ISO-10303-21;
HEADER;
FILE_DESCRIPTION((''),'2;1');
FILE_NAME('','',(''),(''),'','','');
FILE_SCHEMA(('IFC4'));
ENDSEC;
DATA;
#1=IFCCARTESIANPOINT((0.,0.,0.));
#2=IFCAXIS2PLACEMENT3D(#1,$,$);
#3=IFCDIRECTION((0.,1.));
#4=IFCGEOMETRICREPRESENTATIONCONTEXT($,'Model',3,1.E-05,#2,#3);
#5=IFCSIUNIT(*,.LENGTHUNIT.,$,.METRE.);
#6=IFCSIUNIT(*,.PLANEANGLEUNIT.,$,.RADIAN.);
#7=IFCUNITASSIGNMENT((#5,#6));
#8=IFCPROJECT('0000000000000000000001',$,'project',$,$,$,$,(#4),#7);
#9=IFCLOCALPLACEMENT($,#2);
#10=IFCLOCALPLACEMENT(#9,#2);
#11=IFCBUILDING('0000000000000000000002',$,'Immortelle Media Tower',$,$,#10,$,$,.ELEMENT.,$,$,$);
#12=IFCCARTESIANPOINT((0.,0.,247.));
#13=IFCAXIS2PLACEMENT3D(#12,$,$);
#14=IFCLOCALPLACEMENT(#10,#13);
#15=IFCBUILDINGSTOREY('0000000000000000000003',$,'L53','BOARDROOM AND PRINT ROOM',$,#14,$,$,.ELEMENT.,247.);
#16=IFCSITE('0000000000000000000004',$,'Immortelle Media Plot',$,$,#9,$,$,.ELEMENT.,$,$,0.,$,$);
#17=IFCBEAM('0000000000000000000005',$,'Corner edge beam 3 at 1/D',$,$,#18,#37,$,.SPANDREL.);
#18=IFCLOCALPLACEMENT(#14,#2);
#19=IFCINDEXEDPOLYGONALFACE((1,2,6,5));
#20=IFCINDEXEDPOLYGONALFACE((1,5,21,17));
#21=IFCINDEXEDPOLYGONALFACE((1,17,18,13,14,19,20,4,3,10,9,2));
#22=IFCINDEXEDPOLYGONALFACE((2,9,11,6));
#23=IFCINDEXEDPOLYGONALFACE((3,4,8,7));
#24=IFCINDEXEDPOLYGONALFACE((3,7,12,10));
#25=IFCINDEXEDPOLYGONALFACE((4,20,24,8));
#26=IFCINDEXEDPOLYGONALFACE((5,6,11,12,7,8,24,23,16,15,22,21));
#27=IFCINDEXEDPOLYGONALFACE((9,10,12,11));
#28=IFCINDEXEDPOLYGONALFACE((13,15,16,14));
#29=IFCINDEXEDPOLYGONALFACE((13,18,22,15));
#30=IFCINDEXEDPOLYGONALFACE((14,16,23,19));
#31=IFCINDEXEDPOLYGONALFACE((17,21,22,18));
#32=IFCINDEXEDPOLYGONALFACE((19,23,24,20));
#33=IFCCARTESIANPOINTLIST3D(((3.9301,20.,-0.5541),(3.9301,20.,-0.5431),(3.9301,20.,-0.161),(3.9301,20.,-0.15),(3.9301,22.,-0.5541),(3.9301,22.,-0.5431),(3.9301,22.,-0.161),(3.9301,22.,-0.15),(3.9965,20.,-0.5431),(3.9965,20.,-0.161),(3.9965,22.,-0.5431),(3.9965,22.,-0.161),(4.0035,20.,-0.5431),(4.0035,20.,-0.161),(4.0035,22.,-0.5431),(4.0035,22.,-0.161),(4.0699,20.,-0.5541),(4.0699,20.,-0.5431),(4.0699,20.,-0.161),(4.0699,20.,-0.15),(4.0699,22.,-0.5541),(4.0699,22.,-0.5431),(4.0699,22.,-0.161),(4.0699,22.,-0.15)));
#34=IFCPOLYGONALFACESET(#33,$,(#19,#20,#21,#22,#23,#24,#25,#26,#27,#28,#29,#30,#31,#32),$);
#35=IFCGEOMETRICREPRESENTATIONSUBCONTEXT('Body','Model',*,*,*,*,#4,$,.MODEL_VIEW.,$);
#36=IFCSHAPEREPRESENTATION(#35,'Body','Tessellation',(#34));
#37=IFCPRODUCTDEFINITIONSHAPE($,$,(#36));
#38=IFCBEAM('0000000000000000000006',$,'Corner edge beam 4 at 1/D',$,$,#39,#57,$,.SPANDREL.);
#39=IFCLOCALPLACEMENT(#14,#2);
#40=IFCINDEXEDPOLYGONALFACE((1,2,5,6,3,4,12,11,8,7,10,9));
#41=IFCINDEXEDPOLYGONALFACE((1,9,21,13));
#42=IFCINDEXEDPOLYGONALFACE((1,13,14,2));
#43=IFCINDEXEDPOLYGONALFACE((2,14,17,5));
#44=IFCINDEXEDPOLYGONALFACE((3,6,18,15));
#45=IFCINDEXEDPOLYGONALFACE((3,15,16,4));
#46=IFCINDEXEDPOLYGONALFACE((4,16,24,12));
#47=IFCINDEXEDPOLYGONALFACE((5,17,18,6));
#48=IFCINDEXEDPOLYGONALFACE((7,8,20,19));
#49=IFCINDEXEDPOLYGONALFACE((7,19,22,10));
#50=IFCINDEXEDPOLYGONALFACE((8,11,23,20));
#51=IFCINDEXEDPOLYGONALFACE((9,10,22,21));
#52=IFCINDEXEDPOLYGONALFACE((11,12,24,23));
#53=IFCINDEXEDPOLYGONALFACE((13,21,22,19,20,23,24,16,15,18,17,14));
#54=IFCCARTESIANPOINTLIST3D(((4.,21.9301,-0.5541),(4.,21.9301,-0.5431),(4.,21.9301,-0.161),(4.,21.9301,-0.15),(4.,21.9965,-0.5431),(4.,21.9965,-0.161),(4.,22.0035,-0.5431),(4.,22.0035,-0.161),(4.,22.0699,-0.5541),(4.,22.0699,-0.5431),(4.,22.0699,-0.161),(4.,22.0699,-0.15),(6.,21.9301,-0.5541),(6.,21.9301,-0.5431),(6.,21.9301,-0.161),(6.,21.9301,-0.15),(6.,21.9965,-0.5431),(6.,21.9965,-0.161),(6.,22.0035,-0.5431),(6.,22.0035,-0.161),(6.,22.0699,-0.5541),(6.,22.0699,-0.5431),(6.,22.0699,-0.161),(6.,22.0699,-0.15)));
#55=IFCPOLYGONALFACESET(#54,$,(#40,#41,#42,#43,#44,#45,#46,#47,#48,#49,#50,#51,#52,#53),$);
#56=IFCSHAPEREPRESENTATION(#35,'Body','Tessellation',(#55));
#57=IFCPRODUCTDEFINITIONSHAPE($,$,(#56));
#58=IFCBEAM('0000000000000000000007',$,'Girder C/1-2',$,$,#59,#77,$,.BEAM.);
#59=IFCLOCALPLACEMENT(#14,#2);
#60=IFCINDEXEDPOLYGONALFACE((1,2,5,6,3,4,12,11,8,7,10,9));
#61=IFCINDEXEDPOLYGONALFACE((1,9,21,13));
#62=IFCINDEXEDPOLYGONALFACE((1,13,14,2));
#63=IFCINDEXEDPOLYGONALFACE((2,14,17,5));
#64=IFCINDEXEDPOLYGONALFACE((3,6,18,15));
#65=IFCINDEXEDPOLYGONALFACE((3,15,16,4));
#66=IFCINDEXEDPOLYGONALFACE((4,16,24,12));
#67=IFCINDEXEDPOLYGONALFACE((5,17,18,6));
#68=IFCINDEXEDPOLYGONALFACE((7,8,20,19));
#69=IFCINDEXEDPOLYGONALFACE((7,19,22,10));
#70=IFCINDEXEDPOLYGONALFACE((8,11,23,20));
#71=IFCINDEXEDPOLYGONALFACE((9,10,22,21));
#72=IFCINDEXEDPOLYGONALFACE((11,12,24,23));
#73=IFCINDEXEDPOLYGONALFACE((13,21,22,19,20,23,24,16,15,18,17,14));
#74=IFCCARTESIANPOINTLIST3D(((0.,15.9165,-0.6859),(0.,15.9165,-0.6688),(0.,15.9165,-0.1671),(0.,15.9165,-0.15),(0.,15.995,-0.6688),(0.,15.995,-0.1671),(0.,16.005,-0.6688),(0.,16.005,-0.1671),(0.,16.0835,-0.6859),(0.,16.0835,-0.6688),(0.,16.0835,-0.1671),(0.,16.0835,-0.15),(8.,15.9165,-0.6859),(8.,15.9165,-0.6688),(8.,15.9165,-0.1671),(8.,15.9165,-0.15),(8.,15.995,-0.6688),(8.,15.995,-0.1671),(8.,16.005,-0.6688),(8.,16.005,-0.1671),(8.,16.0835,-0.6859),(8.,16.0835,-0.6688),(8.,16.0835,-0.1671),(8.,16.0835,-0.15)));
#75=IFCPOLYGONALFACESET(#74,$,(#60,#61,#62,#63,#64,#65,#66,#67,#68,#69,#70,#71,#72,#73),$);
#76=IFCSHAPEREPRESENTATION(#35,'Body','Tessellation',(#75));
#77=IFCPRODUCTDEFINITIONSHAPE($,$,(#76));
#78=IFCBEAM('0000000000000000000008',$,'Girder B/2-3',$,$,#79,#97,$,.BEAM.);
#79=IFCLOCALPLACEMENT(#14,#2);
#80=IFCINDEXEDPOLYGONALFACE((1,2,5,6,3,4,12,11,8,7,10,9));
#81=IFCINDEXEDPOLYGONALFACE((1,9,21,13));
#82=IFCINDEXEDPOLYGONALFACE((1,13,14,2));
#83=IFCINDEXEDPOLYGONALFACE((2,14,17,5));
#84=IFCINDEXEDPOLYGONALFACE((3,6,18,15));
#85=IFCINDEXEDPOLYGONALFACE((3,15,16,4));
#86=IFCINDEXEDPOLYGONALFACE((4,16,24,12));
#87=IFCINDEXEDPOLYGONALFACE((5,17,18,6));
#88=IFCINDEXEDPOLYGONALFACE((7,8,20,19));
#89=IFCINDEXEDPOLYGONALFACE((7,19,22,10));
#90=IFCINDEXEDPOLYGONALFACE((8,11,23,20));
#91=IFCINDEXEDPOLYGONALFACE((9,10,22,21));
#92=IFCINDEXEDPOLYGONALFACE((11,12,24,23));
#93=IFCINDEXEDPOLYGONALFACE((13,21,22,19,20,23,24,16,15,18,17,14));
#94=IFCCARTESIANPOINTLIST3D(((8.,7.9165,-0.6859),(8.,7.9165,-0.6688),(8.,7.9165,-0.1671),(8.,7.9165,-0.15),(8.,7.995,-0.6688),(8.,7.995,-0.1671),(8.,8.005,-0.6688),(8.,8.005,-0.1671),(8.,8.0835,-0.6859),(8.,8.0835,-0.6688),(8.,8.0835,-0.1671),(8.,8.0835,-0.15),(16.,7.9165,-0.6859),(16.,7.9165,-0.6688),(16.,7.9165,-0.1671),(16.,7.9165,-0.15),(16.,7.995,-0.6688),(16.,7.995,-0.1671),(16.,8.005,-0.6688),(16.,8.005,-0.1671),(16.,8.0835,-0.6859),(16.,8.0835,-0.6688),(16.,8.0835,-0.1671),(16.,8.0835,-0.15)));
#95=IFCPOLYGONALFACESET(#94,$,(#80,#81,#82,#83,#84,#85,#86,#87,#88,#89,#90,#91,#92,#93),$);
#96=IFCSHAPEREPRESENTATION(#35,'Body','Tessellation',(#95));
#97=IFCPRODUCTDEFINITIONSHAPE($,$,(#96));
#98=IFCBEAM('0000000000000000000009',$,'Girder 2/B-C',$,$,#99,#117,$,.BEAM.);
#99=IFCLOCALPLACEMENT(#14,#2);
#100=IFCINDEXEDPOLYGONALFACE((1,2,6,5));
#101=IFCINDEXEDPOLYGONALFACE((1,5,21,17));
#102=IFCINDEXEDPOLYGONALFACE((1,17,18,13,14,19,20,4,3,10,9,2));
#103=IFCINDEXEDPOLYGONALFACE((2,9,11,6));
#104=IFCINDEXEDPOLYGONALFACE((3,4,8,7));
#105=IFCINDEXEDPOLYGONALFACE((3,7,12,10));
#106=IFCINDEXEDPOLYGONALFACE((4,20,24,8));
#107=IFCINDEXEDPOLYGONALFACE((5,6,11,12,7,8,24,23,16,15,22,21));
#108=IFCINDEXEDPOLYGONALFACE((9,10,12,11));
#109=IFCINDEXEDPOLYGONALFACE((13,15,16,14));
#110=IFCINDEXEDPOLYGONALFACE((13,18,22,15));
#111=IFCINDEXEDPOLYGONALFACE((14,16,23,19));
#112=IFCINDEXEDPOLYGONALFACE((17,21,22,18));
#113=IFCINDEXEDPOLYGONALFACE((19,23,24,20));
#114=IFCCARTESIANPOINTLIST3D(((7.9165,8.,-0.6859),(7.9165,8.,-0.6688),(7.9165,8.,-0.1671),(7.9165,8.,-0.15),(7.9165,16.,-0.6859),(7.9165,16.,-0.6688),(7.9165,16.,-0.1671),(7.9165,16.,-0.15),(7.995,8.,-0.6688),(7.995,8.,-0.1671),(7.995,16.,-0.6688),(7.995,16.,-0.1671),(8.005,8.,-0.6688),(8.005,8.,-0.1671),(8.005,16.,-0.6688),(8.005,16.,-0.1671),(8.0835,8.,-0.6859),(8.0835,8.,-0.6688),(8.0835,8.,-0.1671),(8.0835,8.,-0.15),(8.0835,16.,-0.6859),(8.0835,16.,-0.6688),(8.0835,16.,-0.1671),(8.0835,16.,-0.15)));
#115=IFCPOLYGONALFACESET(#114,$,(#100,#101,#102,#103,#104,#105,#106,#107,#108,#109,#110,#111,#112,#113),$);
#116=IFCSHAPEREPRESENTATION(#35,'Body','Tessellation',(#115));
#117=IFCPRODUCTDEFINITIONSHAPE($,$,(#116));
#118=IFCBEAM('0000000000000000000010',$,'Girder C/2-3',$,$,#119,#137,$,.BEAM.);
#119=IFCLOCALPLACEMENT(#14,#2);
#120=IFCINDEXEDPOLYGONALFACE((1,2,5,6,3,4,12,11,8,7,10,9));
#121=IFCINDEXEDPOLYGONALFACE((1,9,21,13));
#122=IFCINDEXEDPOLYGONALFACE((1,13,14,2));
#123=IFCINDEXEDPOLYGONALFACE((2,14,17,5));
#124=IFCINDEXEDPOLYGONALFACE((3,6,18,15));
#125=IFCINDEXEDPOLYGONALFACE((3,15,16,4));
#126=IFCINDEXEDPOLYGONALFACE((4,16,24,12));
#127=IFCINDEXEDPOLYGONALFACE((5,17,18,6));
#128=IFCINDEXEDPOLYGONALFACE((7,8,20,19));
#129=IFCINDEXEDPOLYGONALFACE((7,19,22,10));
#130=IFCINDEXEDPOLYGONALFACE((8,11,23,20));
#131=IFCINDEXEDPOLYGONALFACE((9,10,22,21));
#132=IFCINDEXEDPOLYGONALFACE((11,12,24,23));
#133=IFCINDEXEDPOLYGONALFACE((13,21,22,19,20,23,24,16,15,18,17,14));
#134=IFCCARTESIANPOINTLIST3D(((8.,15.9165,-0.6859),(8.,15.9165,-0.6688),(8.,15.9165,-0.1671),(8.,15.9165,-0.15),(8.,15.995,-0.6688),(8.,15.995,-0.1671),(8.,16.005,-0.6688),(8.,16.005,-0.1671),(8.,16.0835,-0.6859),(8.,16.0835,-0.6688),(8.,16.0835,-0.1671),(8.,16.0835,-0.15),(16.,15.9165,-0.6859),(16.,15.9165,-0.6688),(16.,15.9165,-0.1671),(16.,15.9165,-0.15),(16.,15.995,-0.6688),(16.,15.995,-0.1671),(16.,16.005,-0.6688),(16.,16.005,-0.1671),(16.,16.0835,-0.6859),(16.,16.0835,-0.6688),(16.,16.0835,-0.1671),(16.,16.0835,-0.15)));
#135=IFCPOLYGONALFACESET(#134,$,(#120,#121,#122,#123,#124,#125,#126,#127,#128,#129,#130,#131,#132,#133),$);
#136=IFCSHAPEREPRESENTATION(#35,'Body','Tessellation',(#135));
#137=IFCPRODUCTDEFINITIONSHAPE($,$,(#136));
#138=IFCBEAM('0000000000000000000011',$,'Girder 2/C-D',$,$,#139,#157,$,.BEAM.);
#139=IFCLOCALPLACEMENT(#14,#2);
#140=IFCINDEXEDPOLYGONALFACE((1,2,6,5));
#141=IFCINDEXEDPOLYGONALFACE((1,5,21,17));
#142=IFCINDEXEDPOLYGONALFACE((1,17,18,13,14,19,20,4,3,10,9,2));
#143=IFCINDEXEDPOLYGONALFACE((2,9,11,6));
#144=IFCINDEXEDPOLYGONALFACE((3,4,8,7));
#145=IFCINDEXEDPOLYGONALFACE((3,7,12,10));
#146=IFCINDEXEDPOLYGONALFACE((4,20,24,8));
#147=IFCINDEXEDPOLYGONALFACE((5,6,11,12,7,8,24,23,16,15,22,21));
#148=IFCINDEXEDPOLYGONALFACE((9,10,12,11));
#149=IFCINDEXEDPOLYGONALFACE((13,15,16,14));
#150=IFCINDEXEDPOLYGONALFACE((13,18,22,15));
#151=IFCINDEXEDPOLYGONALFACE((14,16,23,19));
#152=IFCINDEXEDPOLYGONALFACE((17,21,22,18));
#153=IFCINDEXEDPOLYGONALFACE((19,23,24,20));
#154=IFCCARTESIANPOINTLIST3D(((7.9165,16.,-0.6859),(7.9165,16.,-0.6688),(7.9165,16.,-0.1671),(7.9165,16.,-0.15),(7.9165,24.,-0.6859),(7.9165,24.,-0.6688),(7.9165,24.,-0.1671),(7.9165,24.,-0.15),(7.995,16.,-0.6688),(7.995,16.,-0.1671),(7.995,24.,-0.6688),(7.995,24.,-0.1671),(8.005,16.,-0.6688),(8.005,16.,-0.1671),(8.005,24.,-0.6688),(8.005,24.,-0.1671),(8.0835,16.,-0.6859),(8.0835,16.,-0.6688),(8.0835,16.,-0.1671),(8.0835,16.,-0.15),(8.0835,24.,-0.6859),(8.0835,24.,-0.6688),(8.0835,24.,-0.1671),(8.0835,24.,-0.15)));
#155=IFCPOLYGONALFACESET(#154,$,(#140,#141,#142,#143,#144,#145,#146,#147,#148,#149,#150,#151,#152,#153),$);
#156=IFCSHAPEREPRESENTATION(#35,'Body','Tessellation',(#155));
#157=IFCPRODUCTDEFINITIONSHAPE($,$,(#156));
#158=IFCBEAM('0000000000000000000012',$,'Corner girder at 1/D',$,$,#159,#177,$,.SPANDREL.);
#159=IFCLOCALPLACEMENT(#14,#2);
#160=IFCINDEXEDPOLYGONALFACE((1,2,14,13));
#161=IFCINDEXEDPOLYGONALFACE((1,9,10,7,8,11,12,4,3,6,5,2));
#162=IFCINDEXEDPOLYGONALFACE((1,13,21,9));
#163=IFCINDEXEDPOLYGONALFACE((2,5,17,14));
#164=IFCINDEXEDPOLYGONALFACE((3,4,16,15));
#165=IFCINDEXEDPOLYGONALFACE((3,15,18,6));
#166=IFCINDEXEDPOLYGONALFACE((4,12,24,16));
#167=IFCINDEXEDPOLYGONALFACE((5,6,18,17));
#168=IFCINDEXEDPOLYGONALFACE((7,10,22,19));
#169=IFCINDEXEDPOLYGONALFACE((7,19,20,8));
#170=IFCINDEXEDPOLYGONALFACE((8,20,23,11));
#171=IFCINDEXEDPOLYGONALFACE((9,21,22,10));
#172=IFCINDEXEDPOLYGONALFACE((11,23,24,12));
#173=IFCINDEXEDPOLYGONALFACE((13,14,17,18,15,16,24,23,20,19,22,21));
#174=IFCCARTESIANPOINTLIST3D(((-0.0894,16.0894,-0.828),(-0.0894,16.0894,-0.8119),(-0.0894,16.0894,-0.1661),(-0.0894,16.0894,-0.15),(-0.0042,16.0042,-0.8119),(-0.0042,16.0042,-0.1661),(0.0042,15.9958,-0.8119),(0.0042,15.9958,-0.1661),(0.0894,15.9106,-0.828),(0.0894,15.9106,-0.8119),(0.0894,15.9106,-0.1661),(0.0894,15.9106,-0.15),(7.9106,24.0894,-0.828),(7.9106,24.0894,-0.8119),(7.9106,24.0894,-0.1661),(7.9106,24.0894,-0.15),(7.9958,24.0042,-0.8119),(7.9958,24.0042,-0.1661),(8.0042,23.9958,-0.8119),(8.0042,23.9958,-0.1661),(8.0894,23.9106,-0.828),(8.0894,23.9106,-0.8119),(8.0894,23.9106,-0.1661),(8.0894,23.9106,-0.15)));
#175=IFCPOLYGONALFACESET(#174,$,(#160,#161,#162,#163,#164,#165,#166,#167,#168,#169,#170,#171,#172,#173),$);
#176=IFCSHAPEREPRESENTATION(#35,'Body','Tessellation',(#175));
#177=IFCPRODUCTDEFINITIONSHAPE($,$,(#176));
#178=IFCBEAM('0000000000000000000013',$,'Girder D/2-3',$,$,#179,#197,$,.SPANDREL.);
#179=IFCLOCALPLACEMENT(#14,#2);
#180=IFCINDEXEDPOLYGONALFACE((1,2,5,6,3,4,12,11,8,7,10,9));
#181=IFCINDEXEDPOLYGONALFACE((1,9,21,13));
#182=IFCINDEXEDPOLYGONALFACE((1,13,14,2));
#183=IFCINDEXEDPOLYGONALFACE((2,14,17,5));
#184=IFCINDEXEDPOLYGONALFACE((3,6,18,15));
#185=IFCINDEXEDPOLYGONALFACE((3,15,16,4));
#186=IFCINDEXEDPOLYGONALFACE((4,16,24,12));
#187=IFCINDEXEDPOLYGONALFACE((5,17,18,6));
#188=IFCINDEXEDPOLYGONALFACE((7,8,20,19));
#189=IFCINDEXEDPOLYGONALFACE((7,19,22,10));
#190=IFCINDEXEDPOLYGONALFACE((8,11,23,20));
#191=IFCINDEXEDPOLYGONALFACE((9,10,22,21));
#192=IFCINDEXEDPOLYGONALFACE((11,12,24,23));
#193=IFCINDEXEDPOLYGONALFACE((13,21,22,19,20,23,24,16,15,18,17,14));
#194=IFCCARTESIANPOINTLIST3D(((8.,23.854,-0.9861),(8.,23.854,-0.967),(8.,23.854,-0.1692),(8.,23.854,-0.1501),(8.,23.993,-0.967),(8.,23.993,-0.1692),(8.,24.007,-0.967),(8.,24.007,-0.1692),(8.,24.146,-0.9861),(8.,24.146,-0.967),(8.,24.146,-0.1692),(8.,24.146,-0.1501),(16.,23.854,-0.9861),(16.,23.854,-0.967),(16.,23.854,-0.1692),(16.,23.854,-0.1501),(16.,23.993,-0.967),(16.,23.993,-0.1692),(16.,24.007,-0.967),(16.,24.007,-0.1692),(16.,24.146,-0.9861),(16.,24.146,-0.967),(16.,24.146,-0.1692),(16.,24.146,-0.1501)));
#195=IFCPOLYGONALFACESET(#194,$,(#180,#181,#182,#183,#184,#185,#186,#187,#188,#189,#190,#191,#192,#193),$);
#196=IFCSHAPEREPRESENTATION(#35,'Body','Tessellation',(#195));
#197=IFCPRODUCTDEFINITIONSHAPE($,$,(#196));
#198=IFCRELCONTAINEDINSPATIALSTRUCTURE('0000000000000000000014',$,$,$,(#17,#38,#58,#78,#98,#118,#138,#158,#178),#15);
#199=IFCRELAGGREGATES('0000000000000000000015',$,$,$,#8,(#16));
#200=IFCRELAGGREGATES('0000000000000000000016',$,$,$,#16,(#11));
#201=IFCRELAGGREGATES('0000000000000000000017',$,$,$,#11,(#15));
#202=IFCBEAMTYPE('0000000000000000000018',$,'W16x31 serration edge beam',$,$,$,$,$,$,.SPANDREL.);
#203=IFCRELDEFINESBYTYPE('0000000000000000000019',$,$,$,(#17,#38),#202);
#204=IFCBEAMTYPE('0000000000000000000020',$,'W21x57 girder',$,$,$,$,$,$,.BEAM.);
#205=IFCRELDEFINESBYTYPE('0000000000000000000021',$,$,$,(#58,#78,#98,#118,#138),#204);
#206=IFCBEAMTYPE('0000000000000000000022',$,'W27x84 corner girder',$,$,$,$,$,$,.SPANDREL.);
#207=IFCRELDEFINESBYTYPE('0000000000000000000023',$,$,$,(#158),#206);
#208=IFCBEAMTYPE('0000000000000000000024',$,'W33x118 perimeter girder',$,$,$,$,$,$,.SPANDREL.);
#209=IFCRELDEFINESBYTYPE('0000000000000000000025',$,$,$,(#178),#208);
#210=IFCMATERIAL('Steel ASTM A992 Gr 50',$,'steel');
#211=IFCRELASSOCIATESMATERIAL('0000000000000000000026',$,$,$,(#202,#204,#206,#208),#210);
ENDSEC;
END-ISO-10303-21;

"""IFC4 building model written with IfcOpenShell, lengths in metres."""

from ifc_helpers import new_model, si_unit, direction, frame, origin, origin_2d, place, context, subcontext, project, spatial, i_section, extrude, material, material_profile, profile_set, type_object, element, save


model = new_model("IFC4")

# Units and contexts
model_context = context("Model", 3, precision=1e-05, world=origin(), true_north=direction((0.0, 1.0)))
body_context = subcontext(model_context, "Body", "Model", "MODEL_VIEW")
ifc_project = project(units=[si_unit("LENGTHUNIT", "METRE"), si_unit("PLANEANGLEUNIT", "RADIAN")], contexts=[model_context])

# Site, building, storey
site_placement = place(None, origin())
site = spatial("IfcSite", under=ifc_project, at=site_placement, Name="Immortelle Media Plot", CompositionType="ELEMENT", RefElevation=0.0)
building_placement = place(site_placement, origin())
building = spatial("IfcBuilding", under=site, at=building_placement, Name="Immortelle Media Tower", CompositionType="ELEMENT")
storey_placement = place(building_placement, frame((0.0, 0.0, 247.0)))
storey = spatial("IfcBuildingStorey", under=building, at=storey_placement, Name="L53", Description="BOARDROOM AND PRINT ROOM", CompositionType="ELEMENT", Elevation=247.0)

# Shared definitions
ifc_material_1 = material(Name="Steel ASTM A992 Gr 50", Category="steel")

# Beams
ifc_material_profile_1 = material_profile(ifc_material_1, i_section(OverallWidth=0.1399, OverallDepth=0.4041, WebThickness=0.0071, FlangeThickness=0.011, at=origin_2d()), Name="W16x31")
ifc_profile_set_1 = profile_set([ifc_material_profile_1], Name="Steel ASTM A992 Gr 50")
beam_type_1 = type_object("IfcBeamType", Name="W16x31 serration edge beam", PredefinedType="SPANDREL", material=ifc_profile_set_1)
for number, where, z_axis, x_axis, name in (
    (1, (4.0, 20.0, -0.3521), (0.0, 1.0, 0.0), (-1.0, 0.0, 0.0), "Corner edge beam 3 at 1/D"),
    (2, (4.0, 22.0, -0.3521), (1.0, 0.0, 0.0), (0.0, 1.0, 0.0), "Corner edge beam 4 at 1/D"),
):
    element("IfcBeam", number, at=place(storey_placement, frame(where, z_axis=z_axis, x_axis=x_axis)), inside=storey, type_object=beam_type_1, Name=name, PredefinedType="SPANDREL", context=body_context, shape_type="SweptSolid", body=[
        extrude(i_section(OverallWidth=0.1399, OverallDepth=0.4041, WebThickness=0.0071, FlangeThickness=0.011, at=origin_2d()), origin(), (0.0, 0.0, 1.0), 2.0),
    ])
ifc_material_profile_2 = material_profile(ifc_material_1, i_section(OverallWidth=0.167, OverallDepth=0.5359, WebThickness=0.01, FlangeThickness=0.0171, at=origin_2d()), Name="W21x57")
ifc_profile_set_2 = profile_set([ifc_material_profile_2], Name="Steel ASTM A992 Gr 50")
beam_type_2 = type_object("IfcBeamType", Name="W21x57 girder", PredefinedType="BEAM", material=ifc_profile_set_2)
for number, where, z_axis, x_axis, name in (
    (3, (0.0, 16.0, -0.418), (1.0, 0.0, 0.0), (0.0, 1.0, 0.0), "Girder C/1-2"),
    (4, (8.0, 8.0, -0.418), (1.0, 0.0, 0.0), (0.0, 1.0, 0.0), "Girder B/2-3"),
    (5, (8.0, 8.0, -0.418), (0.0, 1.0, 0.0), (-1.0, 0.0, 0.0), "Girder 2/B-C"),
    (6, (8.0, 16.0, -0.418), (1.0, 0.0, 0.0), (0.0, 1.0, 0.0), "Girder C/2-3"),
    (7, (8.0, 16.0, -0.418), (0.0, 1.0, 0.0), (-1.0, 0.0, 0.0), "Girder 2/C-D"),
):
    element("IfcBeam", number, at=place(storey_placement, frame(where, z_axis=z_axis, x_axis=x_axis)), inside=storey, type_object=beam_type_2, Name=name, PredefinedType="BEAM", context=body_context, shape_type="SweptSolid", body=[
        extrude(i_section(OverallWidth=0.167, OverallDepth=0.5359, WebThickness=0.01, FlangeThickness=0.0171, at=origin_2d()), origin(), (0.0, 0.0, 1.0), 8.0),
    ])
ifc_material_profile_3 = material_profile(ifc_material_1, i_section(OverallWidth=0.2529, OverallDepth=0.678, WebThickness=0.012, FlangeThickness=0.0161, at=origin_2d()), Name="W27x84")
ifc_profile_set_3 = profile_set([ifc_material_profile_3], Name="Steel ASTM A992 Gr 50")
beam_type_3 = type_object("IfcBeamType", Name="W27x84 corner girder", PredefinedType="SPANDREL", material=ifc_profile_set_3)
beam_1_placement = place(storey_placement, frame((0.0, 16.0, -0.489), z_axis=(0.707107, 0.707107, 0.0), x_axis=(-0.707107, 0.707107, 0.0)))
element("IfcBeam", 8, at=beam_1_placement, inside=storey, type_object=beam_type_3, Name="Corner girder at 1/D", PredefinedType="SPANDREL", context=body_context, shape_type="SweptSolid", body=[
    extrude(i_section(OverallWidth=0.2529, OverallDepth=0.678, WebThickness=0.012, FlangeThickness=0.0161, at=origin_2d()), origin(), (0.0, 0.0, 1.0), 11.3137),
])
ifc_material_profile_4 = material_profile(ifc_material_1, i_section(OverallWidth=0.292, OverallDepth=0.8359, WebThickness=0.0139, FlangeThickness=0.019, at=origin_2d()), Name="W33x118")
ifc_profile_set_4 = profile_set([ifc_material_profile_4], Name="Steel ASTM A992 Gr 50")
beam_type_4 = type_object("IfcBeamType", Name="W33x118 perimeter girder", PredefinedType="SPANDREL", material=ifc_profile_set_4)
beam_2_placement = place(storey_placement, frame((8.0, 24.0, -0.5681), z_axis=(1.0, 0.0, 0.0), x_axis=(0.0, 1.0, 0.0)))
element("IfcBeam", 9, at=beam_2_placement, inside=storey, type_object=beam_type_4, Name="Girder D/2-3", PredefinedType="SPANDREL", context=body_context, shape_type="SweptSolid", body=[
    extrude(i_section(OverallWidth=0.292, OverallDepth=0.8359, WebThickness=0.0139, FlangeThickness=0.019, at=origin_2d()), origin(), (0.0, 0.0, 1.0), 8.0),
])

save(model, "model.ifc")
